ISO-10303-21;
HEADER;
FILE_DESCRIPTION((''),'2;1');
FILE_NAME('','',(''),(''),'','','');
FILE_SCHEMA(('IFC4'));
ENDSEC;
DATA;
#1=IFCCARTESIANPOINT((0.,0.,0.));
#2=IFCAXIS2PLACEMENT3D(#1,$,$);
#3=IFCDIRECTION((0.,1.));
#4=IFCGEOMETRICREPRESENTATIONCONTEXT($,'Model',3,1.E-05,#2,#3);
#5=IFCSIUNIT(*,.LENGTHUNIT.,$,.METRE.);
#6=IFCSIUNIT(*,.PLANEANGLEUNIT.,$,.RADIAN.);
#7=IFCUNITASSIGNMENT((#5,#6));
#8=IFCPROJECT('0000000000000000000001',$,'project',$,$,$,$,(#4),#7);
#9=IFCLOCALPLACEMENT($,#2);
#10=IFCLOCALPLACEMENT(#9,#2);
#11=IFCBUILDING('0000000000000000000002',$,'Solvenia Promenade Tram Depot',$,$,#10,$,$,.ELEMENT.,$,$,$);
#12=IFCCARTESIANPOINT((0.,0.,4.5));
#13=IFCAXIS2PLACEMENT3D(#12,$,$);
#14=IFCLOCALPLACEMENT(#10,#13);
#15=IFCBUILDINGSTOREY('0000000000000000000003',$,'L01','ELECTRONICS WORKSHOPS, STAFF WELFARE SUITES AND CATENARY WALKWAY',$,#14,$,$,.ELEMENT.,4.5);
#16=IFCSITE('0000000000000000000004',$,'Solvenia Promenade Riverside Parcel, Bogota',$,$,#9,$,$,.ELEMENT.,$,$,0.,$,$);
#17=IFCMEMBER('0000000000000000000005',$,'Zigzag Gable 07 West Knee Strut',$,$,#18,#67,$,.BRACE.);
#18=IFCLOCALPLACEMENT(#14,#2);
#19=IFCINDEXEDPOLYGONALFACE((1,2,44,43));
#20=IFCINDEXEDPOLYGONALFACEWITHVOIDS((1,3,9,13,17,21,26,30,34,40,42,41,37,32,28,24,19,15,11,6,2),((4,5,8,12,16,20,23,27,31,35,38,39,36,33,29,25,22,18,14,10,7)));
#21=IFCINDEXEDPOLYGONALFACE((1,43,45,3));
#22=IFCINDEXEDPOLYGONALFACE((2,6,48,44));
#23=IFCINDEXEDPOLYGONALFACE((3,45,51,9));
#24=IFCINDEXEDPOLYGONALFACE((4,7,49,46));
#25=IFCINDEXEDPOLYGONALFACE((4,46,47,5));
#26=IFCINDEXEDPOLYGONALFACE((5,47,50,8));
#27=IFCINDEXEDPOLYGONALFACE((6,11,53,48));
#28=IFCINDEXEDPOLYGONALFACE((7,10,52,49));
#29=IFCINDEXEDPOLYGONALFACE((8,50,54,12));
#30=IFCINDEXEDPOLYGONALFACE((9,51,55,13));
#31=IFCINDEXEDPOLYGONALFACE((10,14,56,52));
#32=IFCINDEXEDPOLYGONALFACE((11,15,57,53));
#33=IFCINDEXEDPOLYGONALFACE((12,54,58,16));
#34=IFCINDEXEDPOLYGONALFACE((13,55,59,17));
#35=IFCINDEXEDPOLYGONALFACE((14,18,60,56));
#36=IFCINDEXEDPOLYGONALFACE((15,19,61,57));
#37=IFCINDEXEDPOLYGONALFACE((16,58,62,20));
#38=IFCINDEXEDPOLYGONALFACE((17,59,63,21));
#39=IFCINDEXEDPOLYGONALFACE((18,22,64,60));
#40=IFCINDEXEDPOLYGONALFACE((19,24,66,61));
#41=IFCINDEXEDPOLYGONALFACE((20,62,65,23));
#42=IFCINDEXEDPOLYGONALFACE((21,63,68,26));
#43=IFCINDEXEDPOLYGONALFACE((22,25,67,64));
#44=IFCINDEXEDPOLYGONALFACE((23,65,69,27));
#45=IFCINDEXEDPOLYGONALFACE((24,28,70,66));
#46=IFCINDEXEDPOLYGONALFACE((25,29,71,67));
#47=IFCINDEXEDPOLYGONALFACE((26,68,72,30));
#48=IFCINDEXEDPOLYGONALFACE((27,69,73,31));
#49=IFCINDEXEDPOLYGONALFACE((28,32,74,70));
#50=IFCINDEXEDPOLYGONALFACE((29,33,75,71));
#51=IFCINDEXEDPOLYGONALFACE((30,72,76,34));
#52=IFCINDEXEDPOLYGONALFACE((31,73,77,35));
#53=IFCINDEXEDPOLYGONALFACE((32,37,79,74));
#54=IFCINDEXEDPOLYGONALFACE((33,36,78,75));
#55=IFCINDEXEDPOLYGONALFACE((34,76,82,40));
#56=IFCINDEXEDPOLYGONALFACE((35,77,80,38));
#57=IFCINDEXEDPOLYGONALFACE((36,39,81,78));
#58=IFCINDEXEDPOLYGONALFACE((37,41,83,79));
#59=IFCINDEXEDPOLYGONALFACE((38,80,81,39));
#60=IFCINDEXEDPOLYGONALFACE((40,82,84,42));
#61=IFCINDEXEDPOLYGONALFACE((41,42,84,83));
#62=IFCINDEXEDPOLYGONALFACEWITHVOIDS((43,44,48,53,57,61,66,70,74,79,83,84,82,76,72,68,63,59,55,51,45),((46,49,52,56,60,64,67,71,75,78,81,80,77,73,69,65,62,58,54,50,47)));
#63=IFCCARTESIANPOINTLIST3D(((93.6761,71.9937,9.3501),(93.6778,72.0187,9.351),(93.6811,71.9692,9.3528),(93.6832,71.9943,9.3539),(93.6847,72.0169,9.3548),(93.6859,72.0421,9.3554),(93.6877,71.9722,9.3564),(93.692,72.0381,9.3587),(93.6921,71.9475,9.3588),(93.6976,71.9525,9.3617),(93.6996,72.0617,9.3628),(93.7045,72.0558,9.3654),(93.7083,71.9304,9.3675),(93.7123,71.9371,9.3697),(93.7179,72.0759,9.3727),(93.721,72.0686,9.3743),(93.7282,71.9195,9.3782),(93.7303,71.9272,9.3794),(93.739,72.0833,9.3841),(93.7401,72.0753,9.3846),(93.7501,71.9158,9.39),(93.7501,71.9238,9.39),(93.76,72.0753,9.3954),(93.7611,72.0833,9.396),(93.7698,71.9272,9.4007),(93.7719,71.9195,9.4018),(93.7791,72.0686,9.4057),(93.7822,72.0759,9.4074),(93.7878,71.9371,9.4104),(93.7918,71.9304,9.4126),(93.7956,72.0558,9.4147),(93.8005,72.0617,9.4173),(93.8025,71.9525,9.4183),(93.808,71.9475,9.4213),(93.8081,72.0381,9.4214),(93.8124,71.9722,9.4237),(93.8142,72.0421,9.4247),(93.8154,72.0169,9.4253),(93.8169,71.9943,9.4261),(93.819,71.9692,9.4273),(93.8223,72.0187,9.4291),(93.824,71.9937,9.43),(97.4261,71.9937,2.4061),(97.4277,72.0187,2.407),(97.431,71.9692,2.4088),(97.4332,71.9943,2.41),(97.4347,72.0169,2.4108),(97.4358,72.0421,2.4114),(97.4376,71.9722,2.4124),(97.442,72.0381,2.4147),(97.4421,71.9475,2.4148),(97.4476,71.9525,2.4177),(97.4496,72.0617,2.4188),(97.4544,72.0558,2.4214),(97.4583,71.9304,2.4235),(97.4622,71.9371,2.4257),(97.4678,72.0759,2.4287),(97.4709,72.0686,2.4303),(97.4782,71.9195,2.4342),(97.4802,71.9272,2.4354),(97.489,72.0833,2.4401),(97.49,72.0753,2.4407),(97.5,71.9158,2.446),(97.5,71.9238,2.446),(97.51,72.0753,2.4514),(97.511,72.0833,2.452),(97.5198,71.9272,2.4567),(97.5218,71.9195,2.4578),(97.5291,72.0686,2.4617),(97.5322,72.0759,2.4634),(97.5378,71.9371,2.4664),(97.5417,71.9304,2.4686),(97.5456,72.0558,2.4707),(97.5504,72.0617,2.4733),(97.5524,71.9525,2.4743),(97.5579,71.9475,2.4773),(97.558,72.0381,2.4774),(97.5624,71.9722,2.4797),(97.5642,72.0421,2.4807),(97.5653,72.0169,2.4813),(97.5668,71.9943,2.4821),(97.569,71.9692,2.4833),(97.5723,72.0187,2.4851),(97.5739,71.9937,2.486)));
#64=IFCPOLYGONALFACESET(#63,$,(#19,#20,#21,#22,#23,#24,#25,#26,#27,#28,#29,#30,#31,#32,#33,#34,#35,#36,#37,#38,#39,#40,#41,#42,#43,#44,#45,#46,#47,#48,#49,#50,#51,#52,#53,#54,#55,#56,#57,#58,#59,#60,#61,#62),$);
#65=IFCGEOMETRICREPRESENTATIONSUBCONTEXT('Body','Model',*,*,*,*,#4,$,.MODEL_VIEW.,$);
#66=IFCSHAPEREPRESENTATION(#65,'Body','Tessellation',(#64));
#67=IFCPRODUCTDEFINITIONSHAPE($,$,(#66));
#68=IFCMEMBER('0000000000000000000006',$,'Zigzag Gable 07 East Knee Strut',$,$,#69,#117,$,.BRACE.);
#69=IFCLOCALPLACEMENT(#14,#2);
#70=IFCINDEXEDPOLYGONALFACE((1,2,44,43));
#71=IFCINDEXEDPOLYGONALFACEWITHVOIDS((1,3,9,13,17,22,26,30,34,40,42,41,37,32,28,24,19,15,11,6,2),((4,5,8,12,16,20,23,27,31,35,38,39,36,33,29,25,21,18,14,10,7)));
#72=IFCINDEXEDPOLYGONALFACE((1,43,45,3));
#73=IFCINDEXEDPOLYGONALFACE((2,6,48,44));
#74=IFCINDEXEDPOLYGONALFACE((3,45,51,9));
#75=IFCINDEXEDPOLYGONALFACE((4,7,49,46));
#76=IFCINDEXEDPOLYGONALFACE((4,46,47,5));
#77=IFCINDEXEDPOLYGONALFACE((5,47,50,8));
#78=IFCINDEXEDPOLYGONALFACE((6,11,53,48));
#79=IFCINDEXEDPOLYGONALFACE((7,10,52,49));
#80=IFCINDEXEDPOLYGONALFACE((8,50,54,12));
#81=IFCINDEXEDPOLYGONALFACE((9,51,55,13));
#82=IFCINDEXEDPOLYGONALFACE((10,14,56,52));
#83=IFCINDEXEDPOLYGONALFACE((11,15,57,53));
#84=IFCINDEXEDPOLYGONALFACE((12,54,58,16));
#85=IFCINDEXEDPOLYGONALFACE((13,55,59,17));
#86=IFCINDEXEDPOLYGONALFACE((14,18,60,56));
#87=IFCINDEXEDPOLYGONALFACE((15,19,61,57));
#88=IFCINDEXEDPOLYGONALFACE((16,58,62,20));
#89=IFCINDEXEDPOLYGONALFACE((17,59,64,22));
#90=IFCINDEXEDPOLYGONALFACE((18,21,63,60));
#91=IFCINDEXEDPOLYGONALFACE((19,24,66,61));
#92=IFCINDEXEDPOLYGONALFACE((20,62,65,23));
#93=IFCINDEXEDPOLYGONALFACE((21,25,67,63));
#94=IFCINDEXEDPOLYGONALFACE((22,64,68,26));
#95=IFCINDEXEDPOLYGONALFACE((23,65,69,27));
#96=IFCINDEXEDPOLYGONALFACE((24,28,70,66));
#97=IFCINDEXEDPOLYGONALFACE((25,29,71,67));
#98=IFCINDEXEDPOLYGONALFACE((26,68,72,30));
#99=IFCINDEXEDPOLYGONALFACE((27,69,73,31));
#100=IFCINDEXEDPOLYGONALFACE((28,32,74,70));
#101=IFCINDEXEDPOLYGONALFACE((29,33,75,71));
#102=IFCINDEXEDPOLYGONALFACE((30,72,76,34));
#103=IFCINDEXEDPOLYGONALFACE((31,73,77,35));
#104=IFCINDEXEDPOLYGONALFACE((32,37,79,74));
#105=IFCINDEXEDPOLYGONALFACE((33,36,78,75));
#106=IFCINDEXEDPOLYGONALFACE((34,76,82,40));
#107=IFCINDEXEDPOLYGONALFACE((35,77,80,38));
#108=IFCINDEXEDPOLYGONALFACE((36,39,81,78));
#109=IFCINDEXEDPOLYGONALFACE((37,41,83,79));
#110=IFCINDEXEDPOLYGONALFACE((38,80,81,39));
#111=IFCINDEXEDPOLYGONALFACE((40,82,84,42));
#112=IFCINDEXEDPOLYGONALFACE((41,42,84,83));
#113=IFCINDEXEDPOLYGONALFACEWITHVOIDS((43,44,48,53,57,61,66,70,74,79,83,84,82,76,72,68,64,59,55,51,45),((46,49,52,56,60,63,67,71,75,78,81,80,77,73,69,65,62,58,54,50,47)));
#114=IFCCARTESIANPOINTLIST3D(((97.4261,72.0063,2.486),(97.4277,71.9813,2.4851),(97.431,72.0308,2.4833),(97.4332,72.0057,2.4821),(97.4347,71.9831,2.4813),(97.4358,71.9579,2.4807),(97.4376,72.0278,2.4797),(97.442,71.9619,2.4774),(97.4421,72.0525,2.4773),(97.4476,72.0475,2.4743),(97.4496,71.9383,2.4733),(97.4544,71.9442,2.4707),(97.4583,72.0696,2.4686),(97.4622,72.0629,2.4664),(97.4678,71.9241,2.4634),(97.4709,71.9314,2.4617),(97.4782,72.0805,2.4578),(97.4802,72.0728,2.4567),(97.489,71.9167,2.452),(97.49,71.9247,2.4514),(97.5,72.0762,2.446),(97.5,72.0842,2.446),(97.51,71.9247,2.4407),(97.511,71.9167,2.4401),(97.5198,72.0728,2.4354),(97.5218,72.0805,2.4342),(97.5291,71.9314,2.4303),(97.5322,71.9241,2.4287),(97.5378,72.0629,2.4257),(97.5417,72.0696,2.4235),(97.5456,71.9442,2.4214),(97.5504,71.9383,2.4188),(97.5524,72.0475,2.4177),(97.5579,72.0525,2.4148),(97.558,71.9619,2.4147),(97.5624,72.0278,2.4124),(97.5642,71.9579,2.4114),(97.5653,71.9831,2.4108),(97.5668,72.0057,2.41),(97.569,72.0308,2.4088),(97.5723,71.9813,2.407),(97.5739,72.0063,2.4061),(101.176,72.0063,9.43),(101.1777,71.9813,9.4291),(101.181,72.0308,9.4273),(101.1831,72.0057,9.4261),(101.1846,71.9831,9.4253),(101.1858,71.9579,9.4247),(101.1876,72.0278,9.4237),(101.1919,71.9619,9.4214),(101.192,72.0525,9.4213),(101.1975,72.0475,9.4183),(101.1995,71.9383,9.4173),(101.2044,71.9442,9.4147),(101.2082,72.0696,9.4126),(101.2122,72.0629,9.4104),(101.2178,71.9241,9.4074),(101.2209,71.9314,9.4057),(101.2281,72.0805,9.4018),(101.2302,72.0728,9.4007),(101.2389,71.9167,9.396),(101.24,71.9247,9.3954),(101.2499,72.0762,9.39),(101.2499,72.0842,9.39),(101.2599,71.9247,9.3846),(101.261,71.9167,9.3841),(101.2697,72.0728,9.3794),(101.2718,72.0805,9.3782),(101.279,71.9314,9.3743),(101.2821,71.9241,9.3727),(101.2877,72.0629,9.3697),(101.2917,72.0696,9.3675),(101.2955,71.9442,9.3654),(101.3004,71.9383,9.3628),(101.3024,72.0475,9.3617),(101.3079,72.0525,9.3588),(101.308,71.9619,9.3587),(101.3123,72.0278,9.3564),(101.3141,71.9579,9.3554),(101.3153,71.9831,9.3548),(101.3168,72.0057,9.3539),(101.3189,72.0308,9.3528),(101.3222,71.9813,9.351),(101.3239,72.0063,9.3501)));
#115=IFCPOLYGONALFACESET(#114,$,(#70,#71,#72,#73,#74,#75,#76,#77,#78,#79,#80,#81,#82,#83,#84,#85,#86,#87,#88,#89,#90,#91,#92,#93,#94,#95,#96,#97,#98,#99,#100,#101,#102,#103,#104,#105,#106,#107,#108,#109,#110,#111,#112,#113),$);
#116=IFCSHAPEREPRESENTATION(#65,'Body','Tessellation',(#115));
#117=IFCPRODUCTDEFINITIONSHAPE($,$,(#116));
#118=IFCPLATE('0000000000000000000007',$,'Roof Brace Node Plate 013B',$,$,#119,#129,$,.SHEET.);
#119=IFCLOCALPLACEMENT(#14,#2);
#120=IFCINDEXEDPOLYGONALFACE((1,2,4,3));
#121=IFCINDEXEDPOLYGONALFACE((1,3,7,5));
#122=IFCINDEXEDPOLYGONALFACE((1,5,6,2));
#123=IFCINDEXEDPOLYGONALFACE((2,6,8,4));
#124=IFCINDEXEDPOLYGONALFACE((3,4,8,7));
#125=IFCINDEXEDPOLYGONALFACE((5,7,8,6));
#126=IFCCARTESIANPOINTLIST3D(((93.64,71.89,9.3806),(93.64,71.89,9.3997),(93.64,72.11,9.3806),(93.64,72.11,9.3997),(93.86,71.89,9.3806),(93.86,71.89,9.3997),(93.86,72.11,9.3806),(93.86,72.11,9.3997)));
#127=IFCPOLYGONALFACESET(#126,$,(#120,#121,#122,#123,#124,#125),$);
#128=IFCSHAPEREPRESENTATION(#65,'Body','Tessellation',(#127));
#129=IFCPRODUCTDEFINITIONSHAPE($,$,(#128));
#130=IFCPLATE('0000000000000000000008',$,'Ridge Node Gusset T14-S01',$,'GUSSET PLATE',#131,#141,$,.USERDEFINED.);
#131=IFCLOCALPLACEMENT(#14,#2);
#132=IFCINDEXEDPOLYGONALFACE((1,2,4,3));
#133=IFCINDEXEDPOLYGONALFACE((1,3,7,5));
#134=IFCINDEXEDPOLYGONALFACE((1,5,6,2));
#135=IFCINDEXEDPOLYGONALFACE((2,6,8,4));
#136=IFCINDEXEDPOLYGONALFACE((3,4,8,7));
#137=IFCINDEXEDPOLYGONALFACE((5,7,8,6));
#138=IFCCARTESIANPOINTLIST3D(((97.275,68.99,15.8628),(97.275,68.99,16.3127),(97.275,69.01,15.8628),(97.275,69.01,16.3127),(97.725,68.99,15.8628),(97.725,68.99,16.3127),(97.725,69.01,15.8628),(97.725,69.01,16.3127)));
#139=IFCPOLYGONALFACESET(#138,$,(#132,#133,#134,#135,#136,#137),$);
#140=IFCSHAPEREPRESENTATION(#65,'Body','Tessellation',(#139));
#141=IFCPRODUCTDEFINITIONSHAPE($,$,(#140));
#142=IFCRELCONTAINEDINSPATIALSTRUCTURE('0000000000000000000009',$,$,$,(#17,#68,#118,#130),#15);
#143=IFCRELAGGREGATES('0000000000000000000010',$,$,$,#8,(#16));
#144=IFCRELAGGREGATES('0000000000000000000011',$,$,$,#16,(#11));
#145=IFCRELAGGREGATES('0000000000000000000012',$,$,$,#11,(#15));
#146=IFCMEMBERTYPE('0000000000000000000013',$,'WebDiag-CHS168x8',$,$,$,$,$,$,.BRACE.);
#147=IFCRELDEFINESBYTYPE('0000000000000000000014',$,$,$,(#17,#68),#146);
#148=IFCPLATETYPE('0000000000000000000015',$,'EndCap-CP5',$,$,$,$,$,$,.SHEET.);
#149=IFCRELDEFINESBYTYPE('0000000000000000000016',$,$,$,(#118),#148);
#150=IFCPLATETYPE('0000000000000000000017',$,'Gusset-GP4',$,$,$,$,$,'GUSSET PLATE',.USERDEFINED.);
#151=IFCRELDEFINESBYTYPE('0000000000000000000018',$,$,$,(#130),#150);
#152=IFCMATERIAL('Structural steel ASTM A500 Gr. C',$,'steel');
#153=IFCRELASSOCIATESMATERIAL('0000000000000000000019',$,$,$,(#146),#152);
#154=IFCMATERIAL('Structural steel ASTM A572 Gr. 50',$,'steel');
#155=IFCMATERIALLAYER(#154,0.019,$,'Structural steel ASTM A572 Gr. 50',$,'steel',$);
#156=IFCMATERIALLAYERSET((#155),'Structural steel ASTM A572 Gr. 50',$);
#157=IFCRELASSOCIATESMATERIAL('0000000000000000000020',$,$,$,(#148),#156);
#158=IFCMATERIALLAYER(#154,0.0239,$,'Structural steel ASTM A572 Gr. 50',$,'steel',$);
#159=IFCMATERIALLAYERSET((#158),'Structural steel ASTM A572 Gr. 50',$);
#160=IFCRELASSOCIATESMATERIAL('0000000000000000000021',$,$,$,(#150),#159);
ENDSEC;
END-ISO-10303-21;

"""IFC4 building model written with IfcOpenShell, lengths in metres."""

from ifc_helpers import new_model, si_unit, direction, frame, origin, origin_2d, place, context, subcontext, project, spatial, rectangle, hollow_circle, extrude, material, layer, layer_set, material_profile, profile_set, type_object, element, save


model = new_model("IFC4")

# Units and contexts
model_context = context("Model", 3, precision=1e-05, world=origin(), true_north=direction((0.0, 1.0)))
body_context = subcontext(model_context, "Body", "Model", "MODEL_VIEW")
ifc_project = project(units=[si_unit("LENGTHUNIT", "METRE"), si_unit("PLANEANGLEUNIT", "RADIAN")], contexts=[model_context])

# Site, building, storey
site_placement = place(None, origin())
site = spatial("IfcSite", under=ifc_project, at=site_placement, Name="Solvenia Promenade Riverside Parcel, Bogota", CompositionType="ELEMENT", RefElevation=0.0)
building_placement = place(site_placement, origin())
building = spatial("IfcBuilding", under=site, at=building_placement, Name="Solvenia Promenade Tram Depot", CompositionType="ELEMENT")
storey_placement = place(building_placement, frame((0.0, 0.0, 4.5)))
storey = spatial("IfcBuildingStorey", under=building, at=storey_placement, Name="L01", Description="ELECTRONICS WORKSHOPS, STAFF WELFARE SUITES AND CATENARY WALKWAY", CompositionType="ELEMENT", Elevation=4.5)

# Shared definitions
ifc_material_1 = material(Name="Structural steel ASTM A500 Gr. C", Category="steel")

# Members
ifc_material_profile_1 = material_profile(ifc_material_1, hollow_circle(Radius=0.0842, WallThickness=0.0081, at=origin_2d()), Name="CHS168.3x8", Category="steel")
ifc_profile_set_1 = profile_set([ifc_material_profile_1], Name="Structural steel ASTM A500 Gr. C")
member_type_1 = type_object("IfcMemberType", Name="WebDiag-CHS168x8", PredefinedType="BRACE", material=ifc_profile_set_1)
for number, where, z_axis, x_axis, name in (
    (1, (97.5, 72.0, 2.446), (-0.475168, 0.0, 0.879895), (0.0, -1.0, 0.0), "Zigzag Gable 07 West Knee Strut"),
    (2, (97.5, 72.0, 2.446), (0.475168, 0.0, 0.879895), (0.0, 1.0, 0.0), "Zigzag Gable 07 East Knee Strut"),
):
    element("IfcMember", number, at=place(storey_placement, frame(where, z_axis=z_axis, x_axis=x_axis)), inside=storey, type_object=member_type_1, Name=name, PredefinedType="BRACE", context=body_context, shape_type="SweptSolid", body=[
        extrude(hollow_circle(Radius=0.0842, WallThickness=0.0081, at=origin_2d()), origin(), (0.0, 0.0, 1.0), 7.8918),
    ])

# Plates
ifc_material_2 = material(Name="Structural steel ASTM A572 Gr. 50", Category="steel")
ifc_layer_1 = layer(ifc_material_2, 0.019, Name="Structural steel ASTM A572 Gr. 50", Category="steel")
ifc_layer_set_1 = layer_set([ifc_layer_1], Name="Structural steel ASTM A572 Gr. 50")
plate_type_1 = type_object("IfcPlateType", Name="EndCap-CP5", PredefinedType="SHEET", material=ifc_layer_set_1)
plate_1_placement = place(storey_placement, frame((93.75, 72.0, 9.3806), z_axis=(0.0, 0.0, 1.0), x_axis=(1.0, 0.0, 0.0)))
element("IfcPlate", 3, at=plate_1_placement, inside=storey, type_object=plate_type_1, Name="Roof Brace Node Plate 013B", PredefinedType="SHEET", context=body_context, shape_type="SweptSolid", body=[
    extrude(rectangle(XDim=0.22, YDim=0.22, at=origin_2d()), origin(), (0.0, 0.0, 1.0), 0.019),
])
ifc_layer_2 = layer(ifc_material_2, 0.0239, Name="Structural steel ASTM A572 Gr. 50", Category="steel")
ifc_layer_set_2 = layer_set([ifc_layer_2], Name="Structural steel ASTM A572 Gr. 50")
plate_type_2 = type_object("IfcPlateType", Name="Gusset-GP4", ElementType="GUSSET PLATE", PredefinedType="USERDEFINED", material=ifc_layer_set_2)
plate_2_placement = place(storey_placement, frame((97.5, 69.0, 15.8628), z_axis=(0.0, 0.0, 1.0), x_axis=(1.0, 0.0, 0.0)))
element("IfcPlate", 4, at=plate_2_placement, inside=storey, type_object=plate_type_2, Name="Ridge Node Gusset T14-S01", ObjectType="GUSSET PLATE", PredefinedType="USERDEFINED", context=body_context, shape_type="SweptSolid", body=[
    extrude(rectangle(XDim=0.45, YDim=0.02, at=origin_2d()), origin(), (0.0, 0.0, 1.0), 0.45),
])

save(model, "model.ifc")
